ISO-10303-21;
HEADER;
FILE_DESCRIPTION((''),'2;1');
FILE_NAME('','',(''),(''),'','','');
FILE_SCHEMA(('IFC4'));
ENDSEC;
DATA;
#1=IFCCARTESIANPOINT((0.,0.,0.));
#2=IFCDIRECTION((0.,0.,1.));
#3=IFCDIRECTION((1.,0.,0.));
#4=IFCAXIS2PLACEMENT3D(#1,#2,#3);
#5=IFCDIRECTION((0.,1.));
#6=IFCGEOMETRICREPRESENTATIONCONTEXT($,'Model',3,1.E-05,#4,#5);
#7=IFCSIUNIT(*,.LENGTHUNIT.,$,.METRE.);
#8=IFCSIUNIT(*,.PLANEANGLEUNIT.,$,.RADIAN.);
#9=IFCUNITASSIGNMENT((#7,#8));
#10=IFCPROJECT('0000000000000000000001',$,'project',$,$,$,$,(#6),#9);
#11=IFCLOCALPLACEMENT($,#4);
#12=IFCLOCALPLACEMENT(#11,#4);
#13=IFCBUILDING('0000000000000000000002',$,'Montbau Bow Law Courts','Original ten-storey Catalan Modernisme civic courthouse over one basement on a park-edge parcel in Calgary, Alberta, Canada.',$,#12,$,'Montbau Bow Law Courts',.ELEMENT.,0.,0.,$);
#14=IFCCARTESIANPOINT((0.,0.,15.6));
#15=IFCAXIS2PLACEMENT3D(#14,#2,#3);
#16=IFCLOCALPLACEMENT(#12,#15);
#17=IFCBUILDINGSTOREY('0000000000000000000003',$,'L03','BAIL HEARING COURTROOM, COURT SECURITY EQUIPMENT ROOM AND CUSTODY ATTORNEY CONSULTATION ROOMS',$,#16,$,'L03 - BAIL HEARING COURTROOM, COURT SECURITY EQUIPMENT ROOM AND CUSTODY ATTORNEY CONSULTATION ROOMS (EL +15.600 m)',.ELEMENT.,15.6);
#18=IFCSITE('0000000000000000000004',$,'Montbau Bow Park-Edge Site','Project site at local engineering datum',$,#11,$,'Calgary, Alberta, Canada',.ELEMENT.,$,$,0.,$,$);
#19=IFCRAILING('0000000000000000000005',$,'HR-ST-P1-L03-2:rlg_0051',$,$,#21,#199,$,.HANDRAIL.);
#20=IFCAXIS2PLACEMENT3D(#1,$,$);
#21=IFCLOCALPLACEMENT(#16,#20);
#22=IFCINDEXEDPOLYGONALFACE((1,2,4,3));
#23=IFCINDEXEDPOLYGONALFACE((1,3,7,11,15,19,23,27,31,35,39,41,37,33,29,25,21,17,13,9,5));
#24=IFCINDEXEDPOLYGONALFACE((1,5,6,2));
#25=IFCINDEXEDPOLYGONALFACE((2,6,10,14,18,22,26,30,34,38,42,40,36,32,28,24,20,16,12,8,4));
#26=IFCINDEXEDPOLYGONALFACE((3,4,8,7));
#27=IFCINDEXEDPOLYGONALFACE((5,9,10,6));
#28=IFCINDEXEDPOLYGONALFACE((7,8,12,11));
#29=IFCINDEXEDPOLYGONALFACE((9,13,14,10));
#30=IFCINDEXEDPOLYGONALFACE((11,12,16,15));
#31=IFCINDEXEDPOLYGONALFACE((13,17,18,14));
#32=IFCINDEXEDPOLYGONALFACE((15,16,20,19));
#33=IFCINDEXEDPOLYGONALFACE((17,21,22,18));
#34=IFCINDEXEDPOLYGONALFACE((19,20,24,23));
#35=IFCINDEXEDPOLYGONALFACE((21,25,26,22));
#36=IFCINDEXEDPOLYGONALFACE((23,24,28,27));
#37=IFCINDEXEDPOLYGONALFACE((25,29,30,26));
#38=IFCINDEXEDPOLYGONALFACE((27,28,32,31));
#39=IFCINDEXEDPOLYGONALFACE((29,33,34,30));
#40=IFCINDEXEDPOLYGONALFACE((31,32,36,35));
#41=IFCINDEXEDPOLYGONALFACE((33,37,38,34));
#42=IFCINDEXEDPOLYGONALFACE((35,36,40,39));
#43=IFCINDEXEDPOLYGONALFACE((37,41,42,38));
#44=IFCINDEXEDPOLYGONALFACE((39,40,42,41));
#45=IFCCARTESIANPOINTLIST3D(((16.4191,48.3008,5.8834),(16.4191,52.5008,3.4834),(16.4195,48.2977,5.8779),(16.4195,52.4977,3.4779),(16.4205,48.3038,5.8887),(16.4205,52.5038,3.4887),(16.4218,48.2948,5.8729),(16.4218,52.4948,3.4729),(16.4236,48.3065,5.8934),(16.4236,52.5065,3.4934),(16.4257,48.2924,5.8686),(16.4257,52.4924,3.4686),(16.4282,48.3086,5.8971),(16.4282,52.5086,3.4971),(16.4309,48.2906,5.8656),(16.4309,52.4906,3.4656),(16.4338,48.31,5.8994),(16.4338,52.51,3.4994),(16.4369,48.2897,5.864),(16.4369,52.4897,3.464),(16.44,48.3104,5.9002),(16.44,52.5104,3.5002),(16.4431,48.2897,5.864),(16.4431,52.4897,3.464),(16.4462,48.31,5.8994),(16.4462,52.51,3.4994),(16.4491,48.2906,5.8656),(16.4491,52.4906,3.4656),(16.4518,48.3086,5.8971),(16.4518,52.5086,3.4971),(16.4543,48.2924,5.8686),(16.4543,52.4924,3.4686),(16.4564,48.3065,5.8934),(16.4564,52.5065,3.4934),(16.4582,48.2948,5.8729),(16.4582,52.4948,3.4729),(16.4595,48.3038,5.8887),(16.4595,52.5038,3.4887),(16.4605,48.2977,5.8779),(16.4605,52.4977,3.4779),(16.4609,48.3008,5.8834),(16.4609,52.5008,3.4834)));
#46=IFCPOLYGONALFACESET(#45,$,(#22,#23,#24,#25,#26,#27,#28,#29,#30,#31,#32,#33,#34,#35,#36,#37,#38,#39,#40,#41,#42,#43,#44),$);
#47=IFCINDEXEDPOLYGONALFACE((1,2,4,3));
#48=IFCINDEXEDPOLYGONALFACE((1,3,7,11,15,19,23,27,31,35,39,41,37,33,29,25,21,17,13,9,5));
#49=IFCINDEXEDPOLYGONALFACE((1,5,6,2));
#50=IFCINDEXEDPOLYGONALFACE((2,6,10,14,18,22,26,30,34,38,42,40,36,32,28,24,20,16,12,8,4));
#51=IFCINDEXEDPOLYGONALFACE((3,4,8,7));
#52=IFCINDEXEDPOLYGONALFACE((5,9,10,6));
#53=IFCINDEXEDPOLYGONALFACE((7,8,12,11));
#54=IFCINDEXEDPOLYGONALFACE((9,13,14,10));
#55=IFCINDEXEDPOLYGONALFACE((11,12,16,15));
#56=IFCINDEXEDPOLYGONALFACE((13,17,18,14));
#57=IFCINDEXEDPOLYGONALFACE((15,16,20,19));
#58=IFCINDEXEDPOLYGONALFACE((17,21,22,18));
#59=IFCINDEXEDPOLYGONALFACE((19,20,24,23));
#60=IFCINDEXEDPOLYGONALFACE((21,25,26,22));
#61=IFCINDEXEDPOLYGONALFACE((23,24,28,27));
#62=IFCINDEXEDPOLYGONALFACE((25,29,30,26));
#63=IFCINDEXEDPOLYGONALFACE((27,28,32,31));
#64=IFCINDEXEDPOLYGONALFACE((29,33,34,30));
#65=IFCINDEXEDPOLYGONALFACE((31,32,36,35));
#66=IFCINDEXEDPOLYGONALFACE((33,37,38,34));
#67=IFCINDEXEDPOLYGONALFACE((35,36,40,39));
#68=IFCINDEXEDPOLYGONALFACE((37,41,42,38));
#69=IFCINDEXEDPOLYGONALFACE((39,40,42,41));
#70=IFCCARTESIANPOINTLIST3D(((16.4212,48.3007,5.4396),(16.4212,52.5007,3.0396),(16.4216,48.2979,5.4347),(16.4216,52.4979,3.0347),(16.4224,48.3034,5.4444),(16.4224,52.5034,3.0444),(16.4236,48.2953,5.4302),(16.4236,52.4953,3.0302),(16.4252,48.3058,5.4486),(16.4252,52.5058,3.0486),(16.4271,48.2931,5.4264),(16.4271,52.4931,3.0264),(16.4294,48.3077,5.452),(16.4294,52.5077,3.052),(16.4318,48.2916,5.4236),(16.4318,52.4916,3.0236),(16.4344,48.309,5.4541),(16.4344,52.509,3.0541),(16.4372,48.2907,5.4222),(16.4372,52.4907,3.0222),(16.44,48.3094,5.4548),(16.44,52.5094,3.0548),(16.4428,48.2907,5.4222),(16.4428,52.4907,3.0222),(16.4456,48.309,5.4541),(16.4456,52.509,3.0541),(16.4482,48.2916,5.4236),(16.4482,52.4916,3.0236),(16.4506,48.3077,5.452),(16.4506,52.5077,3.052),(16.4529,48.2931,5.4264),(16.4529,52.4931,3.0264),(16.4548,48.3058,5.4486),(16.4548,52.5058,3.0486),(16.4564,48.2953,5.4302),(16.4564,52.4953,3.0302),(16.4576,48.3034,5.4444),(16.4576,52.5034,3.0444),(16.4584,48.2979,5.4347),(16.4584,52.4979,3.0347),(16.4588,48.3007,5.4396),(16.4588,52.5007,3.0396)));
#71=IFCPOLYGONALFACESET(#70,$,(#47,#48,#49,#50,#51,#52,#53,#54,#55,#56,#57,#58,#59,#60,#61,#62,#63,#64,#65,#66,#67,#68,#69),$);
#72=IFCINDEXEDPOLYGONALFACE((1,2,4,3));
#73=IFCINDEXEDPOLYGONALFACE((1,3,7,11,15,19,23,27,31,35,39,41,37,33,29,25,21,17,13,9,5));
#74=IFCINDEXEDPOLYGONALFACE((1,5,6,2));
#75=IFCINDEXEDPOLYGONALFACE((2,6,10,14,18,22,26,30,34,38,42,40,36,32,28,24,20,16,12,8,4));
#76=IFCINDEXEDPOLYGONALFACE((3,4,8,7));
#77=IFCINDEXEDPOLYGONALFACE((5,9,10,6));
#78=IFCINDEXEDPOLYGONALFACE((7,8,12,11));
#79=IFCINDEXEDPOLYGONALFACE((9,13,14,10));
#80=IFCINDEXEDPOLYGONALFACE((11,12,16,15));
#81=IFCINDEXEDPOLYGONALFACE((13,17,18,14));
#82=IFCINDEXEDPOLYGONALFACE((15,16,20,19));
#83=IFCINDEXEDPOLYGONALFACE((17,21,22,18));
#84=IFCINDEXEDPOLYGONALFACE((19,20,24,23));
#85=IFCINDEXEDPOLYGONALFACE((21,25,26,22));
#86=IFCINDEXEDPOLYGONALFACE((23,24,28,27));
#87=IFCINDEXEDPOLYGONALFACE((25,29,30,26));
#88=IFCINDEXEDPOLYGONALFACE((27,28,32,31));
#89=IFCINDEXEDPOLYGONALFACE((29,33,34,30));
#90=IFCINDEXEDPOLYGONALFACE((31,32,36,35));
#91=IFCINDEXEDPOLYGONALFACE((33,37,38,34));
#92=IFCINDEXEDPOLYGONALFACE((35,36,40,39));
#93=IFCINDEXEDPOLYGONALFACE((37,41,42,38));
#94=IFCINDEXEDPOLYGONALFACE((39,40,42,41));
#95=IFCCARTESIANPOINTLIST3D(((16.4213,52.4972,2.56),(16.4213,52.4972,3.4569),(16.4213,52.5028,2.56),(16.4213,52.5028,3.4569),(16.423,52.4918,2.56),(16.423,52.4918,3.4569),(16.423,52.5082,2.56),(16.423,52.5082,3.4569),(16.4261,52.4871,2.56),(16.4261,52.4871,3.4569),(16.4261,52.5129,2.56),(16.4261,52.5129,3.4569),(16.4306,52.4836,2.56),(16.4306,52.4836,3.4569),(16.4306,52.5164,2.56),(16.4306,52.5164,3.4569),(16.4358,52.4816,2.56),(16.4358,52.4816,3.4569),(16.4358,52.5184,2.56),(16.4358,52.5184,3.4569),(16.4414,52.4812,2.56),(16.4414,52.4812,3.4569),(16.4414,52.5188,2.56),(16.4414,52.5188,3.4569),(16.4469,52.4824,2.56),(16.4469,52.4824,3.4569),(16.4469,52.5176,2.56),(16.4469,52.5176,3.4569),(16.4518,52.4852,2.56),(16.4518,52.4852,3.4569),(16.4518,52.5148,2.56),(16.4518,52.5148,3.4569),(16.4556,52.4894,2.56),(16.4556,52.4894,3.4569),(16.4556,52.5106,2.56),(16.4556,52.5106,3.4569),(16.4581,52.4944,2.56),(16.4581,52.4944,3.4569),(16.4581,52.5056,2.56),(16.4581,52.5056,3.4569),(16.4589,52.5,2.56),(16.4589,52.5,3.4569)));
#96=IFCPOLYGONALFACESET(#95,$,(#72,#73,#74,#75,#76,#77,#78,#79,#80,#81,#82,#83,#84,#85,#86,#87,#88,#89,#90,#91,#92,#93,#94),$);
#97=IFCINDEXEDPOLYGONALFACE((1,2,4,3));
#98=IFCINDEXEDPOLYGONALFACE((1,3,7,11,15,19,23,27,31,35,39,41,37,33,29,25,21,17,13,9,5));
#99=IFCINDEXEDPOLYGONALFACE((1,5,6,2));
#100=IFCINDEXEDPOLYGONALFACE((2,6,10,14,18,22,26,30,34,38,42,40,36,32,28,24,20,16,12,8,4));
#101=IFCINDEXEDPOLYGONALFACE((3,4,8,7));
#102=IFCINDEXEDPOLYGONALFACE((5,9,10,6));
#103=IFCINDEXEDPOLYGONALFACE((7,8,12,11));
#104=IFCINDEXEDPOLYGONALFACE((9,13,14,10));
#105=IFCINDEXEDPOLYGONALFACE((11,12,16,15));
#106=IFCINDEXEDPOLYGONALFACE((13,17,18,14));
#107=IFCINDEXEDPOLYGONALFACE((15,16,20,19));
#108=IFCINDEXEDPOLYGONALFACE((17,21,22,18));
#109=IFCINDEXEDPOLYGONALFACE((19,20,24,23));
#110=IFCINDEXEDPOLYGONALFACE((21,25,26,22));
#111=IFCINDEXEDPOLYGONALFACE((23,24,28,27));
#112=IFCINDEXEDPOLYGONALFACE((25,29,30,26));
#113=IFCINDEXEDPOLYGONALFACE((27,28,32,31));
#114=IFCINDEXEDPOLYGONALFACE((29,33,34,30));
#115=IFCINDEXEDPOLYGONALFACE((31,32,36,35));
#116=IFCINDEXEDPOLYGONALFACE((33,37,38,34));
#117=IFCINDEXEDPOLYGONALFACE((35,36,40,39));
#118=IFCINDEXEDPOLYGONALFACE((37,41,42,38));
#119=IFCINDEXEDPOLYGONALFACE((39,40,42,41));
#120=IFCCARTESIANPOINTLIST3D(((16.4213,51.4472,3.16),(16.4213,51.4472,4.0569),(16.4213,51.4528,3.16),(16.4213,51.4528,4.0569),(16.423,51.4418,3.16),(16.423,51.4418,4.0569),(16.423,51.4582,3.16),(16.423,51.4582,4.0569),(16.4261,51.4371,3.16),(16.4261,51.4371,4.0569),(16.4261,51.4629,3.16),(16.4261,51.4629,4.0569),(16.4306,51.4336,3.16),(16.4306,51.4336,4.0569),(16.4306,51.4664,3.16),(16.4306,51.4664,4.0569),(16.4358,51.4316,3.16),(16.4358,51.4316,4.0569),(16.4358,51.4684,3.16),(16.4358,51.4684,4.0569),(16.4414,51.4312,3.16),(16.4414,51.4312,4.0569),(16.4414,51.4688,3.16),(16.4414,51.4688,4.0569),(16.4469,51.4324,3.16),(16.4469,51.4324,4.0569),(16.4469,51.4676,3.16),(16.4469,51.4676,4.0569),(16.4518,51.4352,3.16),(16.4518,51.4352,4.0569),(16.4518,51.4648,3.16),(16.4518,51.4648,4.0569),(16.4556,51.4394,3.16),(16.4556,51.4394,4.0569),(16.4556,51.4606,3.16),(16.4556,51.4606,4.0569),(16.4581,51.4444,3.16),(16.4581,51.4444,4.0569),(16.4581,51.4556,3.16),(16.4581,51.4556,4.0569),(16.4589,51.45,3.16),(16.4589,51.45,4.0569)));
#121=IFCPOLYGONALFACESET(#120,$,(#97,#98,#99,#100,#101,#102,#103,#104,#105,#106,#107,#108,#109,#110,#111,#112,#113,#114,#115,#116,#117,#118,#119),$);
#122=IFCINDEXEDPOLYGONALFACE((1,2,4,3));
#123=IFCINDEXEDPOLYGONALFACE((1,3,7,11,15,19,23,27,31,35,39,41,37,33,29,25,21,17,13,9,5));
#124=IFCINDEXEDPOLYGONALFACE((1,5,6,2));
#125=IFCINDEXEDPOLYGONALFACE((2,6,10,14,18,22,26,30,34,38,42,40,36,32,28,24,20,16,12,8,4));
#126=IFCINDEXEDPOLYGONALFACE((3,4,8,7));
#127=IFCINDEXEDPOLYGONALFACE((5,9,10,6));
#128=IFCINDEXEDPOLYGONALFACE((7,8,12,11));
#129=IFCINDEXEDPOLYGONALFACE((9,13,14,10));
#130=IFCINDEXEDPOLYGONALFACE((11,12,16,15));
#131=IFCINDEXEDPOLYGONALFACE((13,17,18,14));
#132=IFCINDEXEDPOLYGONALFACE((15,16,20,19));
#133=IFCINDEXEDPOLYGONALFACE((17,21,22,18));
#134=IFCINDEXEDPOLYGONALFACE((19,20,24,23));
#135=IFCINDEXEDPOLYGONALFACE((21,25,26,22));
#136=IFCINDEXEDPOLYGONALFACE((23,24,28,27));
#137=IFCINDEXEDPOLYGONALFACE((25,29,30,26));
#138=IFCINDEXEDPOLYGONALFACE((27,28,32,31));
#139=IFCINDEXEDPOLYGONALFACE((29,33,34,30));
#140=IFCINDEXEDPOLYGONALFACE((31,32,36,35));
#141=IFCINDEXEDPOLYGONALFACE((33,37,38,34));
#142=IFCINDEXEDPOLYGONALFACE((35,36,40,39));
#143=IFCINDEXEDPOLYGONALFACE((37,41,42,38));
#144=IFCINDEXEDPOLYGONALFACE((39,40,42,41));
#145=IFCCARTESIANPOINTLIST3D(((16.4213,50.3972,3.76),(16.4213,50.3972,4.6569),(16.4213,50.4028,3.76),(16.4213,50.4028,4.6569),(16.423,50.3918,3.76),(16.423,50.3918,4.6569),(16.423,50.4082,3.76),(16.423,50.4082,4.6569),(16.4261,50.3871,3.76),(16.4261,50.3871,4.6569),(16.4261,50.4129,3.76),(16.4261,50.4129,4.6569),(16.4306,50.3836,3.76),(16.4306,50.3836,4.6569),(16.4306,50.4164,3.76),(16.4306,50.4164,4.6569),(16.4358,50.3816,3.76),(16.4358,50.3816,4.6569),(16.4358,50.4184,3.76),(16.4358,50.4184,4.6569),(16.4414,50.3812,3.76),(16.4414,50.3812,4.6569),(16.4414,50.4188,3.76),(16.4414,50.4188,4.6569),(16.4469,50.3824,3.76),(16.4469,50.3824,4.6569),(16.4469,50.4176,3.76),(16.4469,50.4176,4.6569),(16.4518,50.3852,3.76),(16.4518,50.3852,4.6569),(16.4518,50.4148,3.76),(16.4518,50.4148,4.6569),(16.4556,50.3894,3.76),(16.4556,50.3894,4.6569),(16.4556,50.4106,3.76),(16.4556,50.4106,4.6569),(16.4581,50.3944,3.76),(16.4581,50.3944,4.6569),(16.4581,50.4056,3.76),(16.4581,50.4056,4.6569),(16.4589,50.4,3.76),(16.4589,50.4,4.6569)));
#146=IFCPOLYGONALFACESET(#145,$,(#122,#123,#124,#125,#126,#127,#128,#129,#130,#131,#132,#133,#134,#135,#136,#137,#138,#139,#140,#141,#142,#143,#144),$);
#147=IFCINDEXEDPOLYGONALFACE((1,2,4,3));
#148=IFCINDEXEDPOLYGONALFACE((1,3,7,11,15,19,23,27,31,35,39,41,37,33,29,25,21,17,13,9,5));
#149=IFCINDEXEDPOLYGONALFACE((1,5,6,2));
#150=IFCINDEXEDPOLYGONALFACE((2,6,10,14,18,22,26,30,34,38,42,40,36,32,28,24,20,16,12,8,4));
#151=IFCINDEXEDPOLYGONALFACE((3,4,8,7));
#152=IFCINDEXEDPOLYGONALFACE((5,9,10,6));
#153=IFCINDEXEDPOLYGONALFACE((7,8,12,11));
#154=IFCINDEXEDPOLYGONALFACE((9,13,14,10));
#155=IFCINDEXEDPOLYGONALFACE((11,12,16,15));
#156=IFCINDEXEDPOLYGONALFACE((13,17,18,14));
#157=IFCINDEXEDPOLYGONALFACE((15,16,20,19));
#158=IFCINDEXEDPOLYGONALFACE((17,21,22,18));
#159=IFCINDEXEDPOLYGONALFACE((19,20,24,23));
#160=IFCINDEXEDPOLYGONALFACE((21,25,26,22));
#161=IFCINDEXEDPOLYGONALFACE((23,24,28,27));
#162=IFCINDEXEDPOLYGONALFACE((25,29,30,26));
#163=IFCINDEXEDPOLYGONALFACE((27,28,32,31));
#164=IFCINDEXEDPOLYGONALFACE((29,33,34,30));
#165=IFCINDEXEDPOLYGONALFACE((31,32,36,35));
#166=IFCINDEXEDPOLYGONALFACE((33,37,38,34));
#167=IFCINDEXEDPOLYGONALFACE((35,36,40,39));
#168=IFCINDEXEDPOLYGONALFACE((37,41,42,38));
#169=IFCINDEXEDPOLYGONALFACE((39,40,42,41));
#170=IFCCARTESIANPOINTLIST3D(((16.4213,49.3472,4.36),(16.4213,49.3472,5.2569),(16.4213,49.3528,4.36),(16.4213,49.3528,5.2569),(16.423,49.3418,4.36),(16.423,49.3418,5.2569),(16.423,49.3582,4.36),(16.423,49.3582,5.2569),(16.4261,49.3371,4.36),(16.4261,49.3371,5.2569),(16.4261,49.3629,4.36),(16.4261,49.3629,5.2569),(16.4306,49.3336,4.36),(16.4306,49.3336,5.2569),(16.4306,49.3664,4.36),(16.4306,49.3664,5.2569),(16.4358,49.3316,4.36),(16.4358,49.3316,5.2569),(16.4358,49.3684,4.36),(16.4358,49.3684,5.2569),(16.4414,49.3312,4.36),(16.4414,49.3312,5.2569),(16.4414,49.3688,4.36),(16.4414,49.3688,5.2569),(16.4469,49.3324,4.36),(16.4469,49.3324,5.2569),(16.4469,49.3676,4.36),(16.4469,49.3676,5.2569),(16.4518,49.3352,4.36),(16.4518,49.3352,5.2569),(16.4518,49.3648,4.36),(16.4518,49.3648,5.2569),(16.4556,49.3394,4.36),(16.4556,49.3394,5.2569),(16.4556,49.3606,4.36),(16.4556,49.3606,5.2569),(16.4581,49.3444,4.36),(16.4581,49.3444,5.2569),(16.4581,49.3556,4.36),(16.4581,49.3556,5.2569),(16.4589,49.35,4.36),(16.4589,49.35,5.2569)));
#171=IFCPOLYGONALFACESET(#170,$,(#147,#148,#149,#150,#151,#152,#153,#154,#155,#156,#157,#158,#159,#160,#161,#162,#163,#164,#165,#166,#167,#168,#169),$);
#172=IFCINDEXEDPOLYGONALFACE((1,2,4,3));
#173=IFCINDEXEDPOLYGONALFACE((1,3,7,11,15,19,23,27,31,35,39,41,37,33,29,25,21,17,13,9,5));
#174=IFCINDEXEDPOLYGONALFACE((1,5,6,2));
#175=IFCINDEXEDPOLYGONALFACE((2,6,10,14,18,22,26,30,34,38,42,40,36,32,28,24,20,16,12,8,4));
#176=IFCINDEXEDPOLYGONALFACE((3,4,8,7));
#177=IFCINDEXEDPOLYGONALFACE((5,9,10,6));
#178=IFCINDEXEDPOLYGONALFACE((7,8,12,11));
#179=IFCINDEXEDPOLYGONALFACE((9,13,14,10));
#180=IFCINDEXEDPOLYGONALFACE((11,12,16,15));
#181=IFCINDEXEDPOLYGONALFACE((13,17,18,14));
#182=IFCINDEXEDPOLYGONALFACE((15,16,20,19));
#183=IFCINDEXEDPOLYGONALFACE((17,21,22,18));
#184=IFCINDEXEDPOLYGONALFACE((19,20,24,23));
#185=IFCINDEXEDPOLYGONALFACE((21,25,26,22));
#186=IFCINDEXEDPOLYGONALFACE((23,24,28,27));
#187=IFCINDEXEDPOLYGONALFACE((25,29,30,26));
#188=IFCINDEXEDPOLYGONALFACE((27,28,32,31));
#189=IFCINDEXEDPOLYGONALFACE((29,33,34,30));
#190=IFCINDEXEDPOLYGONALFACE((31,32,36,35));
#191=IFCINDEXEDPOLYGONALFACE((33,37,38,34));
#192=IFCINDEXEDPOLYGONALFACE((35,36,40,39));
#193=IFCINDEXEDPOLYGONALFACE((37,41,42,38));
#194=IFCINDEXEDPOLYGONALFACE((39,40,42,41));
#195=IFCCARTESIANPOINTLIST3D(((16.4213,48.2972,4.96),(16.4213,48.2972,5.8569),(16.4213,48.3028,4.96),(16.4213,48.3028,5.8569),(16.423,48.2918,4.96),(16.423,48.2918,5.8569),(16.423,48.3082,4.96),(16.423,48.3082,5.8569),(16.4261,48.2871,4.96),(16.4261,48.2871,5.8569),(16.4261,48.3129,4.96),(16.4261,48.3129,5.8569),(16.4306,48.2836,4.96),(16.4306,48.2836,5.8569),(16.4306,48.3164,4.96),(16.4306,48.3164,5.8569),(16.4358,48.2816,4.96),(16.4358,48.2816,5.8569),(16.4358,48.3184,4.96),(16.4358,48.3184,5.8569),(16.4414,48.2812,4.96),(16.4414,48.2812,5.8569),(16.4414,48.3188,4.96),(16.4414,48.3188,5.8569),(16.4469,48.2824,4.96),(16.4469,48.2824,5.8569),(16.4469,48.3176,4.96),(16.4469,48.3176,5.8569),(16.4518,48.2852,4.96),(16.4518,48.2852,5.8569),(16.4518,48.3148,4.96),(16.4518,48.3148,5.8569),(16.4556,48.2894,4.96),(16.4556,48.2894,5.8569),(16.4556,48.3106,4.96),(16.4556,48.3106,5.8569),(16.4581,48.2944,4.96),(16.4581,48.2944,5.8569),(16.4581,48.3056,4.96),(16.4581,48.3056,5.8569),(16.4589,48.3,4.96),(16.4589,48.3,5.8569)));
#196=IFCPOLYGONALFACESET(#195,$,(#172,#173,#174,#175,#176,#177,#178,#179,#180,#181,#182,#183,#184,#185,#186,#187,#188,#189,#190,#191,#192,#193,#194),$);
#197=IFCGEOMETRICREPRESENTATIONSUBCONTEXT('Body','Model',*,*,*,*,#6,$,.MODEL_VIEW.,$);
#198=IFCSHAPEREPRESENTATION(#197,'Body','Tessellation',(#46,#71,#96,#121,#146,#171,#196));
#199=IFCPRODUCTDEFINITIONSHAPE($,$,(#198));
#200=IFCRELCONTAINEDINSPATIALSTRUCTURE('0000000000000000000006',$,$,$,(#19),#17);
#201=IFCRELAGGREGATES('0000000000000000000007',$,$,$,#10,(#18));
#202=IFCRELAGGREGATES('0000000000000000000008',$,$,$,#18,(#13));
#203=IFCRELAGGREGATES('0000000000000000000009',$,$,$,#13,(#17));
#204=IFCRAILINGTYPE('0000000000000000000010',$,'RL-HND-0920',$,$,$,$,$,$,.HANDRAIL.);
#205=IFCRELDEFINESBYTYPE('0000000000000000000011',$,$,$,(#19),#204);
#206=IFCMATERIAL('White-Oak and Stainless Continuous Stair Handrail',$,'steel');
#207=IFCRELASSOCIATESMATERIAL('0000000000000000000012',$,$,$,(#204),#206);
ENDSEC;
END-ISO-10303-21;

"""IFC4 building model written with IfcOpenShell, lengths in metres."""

from ifc_helpers import new_model, si_unit, direction, frame, origin_with_axes, origin_2d_with_axis, place, context, subcontext, project, spatial, circle, extrude, material, type_object, element, save


model = new_model("IFC4")

# Units and contexts
model_context = context("Model", 3, precision=1e-05, world=origin_with_axes(), true_north=direction((0.0, 1.0)))
body_context = subcontext(model_context, "Body", "Model", "MODEL_VIEW")
ifc_project = project(units=[si_unit("LENGTHUNIT", "METRE"), si_unit("PLANEANGLEUNIT", "RADIAN")], contexts=[model_context])

# Site, building, storey
site_placement = place(None, origin_with_axes())
site = spatial("IfcSite", under=ifc_project, at=site_placement, Name="Montbau Bow Park-Edge Site", Description="Project site at local engineering datum", LongName="Calgary, Alberta, Canada", CompositionType="ELEMENT", RefElevation=0.0)
building_placement = place(site_placement, origin_with_axes())
building = spatial("IfcBuilding", under=site, at=building_placement, Name="Montbau Bow Law Courts", Description="Original ten-storey Catalan Modernisme civic courthouse over one basement on a park-edge parcel in Calgary, Alberta, Canada.", LongName="Montbau Bow Law Courts", CompositionType="ELEMENT", ElevationOfRefHeight=0.0, ElevationOfTerrain=0.0)
storey_placement = place(building_placement, frame((0.0, 0.0, 15.6), z_axis=(0.0, 0.0, 1.0), x_axis=(1.0, 0.0, 0.0)))
storey = spatial("IfcBuildingStorey", under=building, at=storey_placement, Name="L03", Description="BAIL HEARING COURTROOM, COURT SECURITY EQUIPMENT ROOM AND CUSTODY ATTORNEY CONSULTATION ROOMS", LongName="L03 - BAIL HEARING COURTROOM, COURT SECURITY EQUIPMENT ROOM AND CUSTODY ATTORNEY CONSULTATION ROOMS (EL +15.600 m)", CompositionType="ELEMENT", Elevation=15.6)

# Railing
ifc_material_1 = material(Name="White-Oak and Stainless Continuous Stair Handrail", Category="steel")
railing_type_1 = type_object("IfcRailingType", Name="RL-HND-0920", PredefinedType="HANDRAIL", material=ifc_material_1)
railing_1_placement = place(None, origin_with_axes())
element("IfcRailing", 1, at=railing_1_placement, inside=storey, type_object=railing_type_1, Name="HR-ST-P1-L03-2:rlg_0051", PredefinedType="HANDRAIL", context=body_context, shape_type="SweptSolid", body=[
    extrude(circle(Radius=0.021, at=origin_2d_with_axis()), frame((16.44, 52.5, 19.082), z_axis=(0.0, -0.868243, 0.496139), x_axis=(0.0, 0.496139, 0.868243)), (0.0, 0.0, 1.0), 4.8374),
    extrude(circle(Radius=0.0189, at=origin_2d_with_axis()), frame((16.44, 52.5, 18.6384), z_axis=(0.0, -0.868243, 0.496139), x_axis=(0.0, 0.496139, 0.868243)), (0.0, 0.0, 1.0), 4.8374),
    extrude(circle(Radius=0.0189, at=origin_2d_with_axis()), frame((16.44, 52.5, 18.16), z_axis=(0.0, 0.0, 1.0), x_axis=(1.0, 0.0, 0.0)), (0.0, 0.0, 1.0), 0.8969),
    extrude(circle(Radius=0.0189, at=origin_2d_with_axis()), frame((16.44, 51.45, 18.76), z_axis=(0.0, 0.0, 1.0), x_axis=(1.0, 0.0, 0.0)), (0.0, 0.0, 1.0), 0.8969),
    extrude(circle(Radius=0.0189, at=origin_2d_with_axis()), frame((16.44, 50.4, 19.36), z_axis=(0.0, 0.0, 1.0), x_axis=(1.0, 0.0, 0.0)), (0.0, 0.0, 1.0), 0.8969),
    extrude(circle(Radius=0.0189, at=origin_2d_with_axis()), frame((16.44, 49.35, 19.96), z_axis=(0.0, 0.0, 1.0), x_axis=(1.0, 0.0, 0.0)), (0.0, 0.0, 1.0), 0.8969),
    extrude(circle(Radius=0.0189, at=origin_2d_with_axis()), frame((16.44, 48.3, 20.56), z_axis=(0.0, 0.0, 1.0), x_axis=(1.0, 0.0, 0.0)), (0.0, 0.0, 1.0), 0.8969),
])

save(model, "model.ifc")
